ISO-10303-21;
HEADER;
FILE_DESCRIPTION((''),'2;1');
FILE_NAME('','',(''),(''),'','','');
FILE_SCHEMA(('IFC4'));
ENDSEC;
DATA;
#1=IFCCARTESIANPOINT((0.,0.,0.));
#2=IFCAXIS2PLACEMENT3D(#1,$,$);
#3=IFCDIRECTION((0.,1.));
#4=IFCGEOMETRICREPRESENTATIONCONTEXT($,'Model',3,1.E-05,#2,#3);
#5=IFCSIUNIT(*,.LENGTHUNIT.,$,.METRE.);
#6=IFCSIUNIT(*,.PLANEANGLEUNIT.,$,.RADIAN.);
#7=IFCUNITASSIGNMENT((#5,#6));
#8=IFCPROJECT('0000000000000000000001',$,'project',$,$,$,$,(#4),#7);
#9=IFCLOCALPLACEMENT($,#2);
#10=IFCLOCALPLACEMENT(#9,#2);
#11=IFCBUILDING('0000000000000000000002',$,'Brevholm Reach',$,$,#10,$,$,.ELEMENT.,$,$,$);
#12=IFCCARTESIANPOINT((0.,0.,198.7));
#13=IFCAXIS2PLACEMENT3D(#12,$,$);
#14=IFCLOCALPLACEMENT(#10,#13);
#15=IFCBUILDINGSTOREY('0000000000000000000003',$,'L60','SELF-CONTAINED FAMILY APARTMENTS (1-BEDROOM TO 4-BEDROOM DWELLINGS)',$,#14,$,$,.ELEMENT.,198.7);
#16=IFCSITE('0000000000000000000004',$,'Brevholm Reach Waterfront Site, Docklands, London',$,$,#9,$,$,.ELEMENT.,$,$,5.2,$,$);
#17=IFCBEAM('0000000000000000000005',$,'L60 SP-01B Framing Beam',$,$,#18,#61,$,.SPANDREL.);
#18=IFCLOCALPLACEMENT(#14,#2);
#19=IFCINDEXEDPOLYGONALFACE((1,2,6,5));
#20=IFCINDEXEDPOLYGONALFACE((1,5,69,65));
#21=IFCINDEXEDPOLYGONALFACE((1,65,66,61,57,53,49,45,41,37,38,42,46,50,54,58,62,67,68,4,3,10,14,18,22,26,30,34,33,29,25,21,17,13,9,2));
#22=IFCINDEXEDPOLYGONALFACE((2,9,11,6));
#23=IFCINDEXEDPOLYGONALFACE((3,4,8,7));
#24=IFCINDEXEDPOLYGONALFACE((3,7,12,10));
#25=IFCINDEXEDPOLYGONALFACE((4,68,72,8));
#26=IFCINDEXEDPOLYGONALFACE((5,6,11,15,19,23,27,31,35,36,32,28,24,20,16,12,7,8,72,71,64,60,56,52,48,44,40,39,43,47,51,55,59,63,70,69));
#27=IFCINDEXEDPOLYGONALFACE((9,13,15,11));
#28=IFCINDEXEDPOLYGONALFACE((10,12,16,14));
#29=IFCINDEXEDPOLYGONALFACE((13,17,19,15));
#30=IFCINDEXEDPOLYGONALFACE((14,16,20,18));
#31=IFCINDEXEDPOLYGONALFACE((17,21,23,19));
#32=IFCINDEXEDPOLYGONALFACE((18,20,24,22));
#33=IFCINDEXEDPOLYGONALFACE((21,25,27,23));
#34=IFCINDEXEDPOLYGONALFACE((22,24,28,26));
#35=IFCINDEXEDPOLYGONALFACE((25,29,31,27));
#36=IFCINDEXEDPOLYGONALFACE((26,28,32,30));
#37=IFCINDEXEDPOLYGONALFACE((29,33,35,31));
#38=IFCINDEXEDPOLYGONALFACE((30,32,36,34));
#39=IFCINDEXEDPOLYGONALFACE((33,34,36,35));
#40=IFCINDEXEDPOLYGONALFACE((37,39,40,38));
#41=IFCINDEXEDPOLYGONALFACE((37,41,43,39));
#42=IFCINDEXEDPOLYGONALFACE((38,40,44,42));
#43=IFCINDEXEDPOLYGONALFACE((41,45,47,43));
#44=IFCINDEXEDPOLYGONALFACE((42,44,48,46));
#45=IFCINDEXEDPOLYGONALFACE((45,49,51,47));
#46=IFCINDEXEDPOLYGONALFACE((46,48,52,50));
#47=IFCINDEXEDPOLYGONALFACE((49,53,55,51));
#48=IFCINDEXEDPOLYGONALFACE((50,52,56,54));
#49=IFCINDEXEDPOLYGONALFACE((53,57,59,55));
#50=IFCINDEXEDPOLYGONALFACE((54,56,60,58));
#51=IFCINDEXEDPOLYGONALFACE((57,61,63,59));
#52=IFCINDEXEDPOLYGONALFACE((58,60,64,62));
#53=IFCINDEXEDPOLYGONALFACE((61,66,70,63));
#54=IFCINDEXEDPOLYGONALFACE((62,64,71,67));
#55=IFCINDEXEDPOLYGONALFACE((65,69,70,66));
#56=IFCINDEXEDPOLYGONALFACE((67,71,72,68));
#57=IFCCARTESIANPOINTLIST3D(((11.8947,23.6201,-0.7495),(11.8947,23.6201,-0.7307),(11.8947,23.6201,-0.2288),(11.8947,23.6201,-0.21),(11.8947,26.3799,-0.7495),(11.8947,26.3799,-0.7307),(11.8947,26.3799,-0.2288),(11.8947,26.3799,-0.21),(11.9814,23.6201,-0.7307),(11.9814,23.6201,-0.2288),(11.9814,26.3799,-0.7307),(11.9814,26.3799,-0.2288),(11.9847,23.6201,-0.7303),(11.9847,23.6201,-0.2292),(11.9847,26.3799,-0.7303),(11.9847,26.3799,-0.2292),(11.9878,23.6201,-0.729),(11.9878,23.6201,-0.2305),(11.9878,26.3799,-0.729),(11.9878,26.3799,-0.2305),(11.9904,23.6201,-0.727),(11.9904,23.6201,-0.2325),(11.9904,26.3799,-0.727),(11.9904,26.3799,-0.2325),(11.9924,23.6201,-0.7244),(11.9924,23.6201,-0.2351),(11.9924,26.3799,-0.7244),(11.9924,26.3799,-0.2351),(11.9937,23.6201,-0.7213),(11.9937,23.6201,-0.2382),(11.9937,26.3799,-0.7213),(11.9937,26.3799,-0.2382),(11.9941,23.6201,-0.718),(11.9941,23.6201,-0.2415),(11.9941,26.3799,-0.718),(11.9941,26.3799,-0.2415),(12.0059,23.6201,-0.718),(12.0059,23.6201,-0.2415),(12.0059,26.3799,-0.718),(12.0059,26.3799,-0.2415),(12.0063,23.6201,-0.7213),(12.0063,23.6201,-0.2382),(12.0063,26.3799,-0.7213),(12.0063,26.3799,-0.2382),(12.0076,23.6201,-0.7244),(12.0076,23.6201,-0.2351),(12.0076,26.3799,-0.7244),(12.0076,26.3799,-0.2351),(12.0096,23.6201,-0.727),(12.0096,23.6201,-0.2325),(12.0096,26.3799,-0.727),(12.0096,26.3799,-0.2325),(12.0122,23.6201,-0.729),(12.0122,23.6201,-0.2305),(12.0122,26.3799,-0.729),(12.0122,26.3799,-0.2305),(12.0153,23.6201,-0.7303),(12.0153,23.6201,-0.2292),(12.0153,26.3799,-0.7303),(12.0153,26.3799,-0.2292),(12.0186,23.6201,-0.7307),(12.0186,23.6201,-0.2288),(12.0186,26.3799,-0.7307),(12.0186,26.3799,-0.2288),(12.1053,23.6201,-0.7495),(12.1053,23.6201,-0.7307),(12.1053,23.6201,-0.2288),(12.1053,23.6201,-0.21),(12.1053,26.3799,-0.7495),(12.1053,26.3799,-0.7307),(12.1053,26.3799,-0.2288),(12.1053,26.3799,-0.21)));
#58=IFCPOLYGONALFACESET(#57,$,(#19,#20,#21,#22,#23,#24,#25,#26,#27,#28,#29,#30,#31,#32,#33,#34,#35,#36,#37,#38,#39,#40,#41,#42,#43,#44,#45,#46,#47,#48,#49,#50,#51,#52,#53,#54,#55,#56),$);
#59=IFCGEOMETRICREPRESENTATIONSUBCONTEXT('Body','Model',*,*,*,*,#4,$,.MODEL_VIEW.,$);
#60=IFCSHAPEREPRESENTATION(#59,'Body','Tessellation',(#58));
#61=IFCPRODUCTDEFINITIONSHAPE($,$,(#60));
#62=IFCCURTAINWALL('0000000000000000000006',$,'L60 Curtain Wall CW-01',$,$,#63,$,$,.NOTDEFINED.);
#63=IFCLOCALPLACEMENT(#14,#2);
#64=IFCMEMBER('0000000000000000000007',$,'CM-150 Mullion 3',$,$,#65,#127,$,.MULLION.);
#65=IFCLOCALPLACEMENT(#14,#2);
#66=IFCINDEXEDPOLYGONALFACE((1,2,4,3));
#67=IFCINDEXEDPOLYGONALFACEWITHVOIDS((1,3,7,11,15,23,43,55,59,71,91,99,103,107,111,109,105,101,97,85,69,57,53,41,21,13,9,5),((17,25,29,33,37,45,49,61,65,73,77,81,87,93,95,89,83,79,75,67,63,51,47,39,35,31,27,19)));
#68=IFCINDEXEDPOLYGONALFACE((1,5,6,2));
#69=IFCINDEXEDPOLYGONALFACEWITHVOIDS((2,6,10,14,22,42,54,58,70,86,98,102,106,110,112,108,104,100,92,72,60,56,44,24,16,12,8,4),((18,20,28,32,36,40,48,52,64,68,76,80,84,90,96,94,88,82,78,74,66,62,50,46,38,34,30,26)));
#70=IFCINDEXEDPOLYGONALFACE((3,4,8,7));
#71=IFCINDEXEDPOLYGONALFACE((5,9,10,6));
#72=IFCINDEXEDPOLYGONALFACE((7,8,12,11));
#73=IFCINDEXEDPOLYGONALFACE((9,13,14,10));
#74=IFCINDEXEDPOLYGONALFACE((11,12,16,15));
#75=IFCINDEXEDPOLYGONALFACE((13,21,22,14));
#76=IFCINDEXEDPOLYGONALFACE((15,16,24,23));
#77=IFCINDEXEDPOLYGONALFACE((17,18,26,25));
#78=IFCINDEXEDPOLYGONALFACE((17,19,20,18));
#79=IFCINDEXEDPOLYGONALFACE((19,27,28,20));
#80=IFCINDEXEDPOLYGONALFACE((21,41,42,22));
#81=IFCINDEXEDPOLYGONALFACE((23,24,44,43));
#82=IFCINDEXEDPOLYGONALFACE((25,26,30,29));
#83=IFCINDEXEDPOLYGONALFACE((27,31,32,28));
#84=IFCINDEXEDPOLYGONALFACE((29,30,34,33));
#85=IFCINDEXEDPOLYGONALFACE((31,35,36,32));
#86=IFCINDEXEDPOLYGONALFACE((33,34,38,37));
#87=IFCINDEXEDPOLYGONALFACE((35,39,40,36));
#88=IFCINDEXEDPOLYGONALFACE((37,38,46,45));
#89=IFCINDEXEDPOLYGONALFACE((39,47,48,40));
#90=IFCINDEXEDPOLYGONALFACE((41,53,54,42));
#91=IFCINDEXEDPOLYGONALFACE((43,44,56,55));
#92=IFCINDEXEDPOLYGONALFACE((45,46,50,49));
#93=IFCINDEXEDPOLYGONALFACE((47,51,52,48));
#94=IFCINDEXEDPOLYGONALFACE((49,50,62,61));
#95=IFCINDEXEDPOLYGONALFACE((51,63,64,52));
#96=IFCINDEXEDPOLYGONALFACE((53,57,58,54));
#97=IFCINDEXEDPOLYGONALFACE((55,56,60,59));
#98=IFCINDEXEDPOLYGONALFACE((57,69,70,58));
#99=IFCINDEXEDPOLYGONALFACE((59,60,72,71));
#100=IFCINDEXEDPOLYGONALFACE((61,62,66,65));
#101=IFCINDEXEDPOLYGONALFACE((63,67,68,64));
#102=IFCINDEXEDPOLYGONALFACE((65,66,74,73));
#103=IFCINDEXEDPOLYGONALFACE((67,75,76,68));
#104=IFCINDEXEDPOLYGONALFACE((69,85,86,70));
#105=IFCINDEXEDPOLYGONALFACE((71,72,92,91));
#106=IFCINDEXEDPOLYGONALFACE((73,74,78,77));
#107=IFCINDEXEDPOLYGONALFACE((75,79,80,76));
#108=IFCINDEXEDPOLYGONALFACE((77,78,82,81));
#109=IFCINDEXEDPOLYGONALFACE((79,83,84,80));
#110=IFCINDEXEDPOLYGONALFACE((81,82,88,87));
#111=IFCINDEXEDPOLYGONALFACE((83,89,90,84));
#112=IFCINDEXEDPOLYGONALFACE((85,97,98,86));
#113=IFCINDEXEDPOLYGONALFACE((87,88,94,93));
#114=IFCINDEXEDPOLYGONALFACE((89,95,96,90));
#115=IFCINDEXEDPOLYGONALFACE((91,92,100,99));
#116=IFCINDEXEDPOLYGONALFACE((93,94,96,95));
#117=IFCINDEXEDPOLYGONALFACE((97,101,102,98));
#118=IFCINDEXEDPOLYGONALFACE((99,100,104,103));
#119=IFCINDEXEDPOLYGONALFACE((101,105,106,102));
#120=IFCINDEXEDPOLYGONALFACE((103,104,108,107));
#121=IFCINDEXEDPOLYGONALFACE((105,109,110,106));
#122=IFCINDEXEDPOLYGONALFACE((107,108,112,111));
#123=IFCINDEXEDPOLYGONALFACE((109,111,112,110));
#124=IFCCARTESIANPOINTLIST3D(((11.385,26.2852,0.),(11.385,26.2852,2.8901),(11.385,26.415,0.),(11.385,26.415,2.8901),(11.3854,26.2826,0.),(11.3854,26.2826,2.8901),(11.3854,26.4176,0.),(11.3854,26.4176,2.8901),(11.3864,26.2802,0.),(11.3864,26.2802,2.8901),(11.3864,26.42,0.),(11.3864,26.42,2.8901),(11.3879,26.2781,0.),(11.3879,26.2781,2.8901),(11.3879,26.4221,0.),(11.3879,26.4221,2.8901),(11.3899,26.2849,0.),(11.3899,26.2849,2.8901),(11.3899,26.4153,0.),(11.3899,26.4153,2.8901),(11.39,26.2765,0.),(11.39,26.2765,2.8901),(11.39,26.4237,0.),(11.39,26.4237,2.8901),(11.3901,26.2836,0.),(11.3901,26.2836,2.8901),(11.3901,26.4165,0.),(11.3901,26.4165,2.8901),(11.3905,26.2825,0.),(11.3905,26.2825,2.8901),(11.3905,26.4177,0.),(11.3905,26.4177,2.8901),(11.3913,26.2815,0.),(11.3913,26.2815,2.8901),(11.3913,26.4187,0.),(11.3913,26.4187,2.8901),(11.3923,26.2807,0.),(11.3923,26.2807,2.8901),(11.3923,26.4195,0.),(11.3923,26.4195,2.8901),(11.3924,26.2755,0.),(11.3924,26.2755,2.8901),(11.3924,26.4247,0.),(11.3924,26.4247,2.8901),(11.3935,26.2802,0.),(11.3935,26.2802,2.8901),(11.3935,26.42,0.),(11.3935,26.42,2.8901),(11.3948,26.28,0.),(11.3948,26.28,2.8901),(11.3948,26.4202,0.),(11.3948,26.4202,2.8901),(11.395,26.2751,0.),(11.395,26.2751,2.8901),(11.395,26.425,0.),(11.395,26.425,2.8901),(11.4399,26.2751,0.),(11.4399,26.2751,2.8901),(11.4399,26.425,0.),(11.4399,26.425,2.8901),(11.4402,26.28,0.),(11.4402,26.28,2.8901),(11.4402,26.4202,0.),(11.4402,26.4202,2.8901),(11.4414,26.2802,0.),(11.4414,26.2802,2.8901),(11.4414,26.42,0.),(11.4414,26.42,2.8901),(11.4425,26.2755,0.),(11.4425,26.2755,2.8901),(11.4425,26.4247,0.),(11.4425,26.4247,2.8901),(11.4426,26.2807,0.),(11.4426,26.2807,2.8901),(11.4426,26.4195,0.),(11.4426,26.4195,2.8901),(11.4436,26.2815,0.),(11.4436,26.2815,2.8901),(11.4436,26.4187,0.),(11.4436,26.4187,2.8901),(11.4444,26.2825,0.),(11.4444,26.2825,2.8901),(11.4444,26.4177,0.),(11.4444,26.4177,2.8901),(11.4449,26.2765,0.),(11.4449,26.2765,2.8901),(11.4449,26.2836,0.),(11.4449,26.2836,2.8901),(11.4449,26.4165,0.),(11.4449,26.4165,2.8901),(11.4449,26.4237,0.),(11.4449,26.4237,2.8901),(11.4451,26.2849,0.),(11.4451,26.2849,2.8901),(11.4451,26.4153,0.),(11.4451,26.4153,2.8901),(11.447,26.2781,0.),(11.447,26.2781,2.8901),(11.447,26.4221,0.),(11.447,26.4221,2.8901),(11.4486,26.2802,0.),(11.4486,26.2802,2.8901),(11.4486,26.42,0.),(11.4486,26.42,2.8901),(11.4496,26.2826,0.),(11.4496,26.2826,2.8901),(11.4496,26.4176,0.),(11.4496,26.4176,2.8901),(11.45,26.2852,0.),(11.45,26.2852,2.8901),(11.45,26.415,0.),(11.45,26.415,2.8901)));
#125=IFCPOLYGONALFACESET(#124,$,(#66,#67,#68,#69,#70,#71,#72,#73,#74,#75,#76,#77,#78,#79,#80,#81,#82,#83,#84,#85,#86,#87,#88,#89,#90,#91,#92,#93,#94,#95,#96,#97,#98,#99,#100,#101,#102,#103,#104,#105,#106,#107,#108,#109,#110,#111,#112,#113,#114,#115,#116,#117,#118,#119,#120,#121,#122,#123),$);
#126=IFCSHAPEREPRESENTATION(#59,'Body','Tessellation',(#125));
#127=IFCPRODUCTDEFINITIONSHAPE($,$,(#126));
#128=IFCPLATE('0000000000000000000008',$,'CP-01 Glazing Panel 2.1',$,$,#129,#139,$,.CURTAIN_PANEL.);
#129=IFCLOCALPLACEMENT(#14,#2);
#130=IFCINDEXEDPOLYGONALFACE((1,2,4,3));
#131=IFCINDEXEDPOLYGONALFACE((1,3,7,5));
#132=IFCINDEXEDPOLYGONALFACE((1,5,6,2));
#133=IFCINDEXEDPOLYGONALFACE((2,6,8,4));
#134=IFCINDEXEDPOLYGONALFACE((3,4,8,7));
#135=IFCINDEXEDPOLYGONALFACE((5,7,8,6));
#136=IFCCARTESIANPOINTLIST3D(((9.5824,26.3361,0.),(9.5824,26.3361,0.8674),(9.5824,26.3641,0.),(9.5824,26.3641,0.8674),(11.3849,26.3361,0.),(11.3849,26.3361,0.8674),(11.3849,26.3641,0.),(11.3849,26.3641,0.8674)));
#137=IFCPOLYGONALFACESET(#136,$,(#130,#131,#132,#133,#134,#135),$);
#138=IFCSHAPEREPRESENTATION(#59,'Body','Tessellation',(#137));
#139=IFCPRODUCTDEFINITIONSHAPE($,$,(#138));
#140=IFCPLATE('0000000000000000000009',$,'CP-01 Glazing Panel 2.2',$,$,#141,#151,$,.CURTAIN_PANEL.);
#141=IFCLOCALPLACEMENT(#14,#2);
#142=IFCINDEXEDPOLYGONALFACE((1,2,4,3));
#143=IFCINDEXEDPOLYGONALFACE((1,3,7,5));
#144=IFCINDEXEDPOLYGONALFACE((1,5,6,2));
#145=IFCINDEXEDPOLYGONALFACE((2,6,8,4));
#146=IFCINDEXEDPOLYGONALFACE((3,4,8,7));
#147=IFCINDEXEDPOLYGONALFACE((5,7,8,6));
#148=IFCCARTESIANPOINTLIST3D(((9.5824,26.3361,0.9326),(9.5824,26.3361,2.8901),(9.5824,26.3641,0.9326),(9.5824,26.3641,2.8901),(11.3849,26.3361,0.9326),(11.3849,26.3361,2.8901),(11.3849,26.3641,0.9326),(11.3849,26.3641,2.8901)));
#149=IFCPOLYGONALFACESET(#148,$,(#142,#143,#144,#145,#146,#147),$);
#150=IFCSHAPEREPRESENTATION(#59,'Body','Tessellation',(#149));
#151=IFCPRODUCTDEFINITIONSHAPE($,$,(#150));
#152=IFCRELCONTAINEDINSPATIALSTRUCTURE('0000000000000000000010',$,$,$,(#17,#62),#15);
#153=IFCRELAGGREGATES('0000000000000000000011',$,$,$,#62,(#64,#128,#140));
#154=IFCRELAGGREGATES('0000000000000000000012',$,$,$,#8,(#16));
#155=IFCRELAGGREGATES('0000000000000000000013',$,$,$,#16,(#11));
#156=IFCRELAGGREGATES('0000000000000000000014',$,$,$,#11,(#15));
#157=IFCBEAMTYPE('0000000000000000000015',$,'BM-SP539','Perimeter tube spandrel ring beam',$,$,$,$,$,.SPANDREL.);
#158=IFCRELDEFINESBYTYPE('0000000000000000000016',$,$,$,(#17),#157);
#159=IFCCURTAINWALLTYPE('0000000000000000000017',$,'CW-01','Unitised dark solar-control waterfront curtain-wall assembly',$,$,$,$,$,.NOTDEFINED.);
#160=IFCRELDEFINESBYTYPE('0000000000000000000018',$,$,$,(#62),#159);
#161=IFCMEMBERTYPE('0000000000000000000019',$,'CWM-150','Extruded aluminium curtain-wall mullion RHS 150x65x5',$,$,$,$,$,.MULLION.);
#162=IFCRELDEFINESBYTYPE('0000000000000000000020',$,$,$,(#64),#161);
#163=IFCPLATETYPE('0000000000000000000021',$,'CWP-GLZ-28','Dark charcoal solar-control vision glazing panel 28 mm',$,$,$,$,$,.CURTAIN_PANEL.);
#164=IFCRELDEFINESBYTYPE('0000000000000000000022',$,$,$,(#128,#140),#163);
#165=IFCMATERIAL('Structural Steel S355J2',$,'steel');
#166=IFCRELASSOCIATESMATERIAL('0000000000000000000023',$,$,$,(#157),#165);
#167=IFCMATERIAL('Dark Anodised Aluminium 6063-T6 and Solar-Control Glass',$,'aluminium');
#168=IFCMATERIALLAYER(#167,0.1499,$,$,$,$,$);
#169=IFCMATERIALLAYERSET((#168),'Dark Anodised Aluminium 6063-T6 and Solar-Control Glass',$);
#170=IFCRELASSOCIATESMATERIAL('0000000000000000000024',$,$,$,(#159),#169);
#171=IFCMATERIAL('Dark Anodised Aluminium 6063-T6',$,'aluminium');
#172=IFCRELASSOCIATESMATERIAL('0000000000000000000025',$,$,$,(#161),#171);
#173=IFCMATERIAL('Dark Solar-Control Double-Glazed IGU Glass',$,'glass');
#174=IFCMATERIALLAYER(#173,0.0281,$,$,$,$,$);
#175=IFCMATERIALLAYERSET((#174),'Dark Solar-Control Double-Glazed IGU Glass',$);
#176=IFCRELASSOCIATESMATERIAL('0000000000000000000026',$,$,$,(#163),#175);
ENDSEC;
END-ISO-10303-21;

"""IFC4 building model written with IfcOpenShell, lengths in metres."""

from ifc_helpers import new_model, si_unit, direction, frame, origin, origin_2d, place, context, subcontext, project, spatial, rectangle, hollow_rectangle, i_section, extrude, material, layer, layer_set, material_profile, profile_set, type_object, element, aggregate, save


model = new_model("IFC4")

# Units and contexts
model_context = context("Model", 3, precision=1e-05, world=origin(), true_north=direction((0.0, 1.0)))
body_context = subcontext(model_context, "Body", "Model", "MODEL_VIEW")
ifc_project = project(units=[si_unit("LENGTHUNIT", "METRE"), si_unit("PLANEANGLEUNIT", "RADIAN")], contexts=[model_context])

# Site, building, storey
site_placement = place(None, origin())
site = spatial("IfcSite", under=ifc_project, at=site_placement, Name="Brevholm Reach Waterfront Site, Docklands, London", CompositionType="ELEMENT", RefElevation=5.2)
building_placement = place(site_placement, origin())
building = spatial("IfcBuilding", under=site, at=building_placement, Name="Brevholm Reach", CompositionType="ELEMENT")
storey_placement = place(building_placement, frame((0.0, 0.0, 198.7)))
storey = spatial("IfcBuildingStorey", under=building, at=storey_placement, Name="L60", Description="SELF-CONTAINED FAMILY APARTMENTS (1-BEDROOM TO 4-BEDROOM DWELLINGS)", CompositionType="ELEMENT", Elevation=198.7)

# Beam
ifc_material_1 = material(Name="Structural Steel S355J2", Category="steel")
ifc_material_profile_1 = material_profile(ifc_material_1, i_section(OverallWidth=0.2107, OverallDepth=0.5396, WebThickness=0.0117, FlangeThickness=0.0188, FilletRadius=0.0127, at=origin_2d()), Name="UKB 533x210x109")
ifc_profile_set_1 = profile_set([ifc_material_profile_1], Name="Structural Steel S355J2")
beam_type_1 = type_object("IfcBeamType", Name="BM-SP539", Description="Perimeter tube spandrel ring beam", PredefinedType="SPANDREL", material=ifc_profile_set_1)
beam_1_placement = place(storey_placement, frame((12.0, 23.6201, -0.4797), z_axis=(0.0, 1.0, 0.0), x_axis=(-1.0, 0.0, 0.0)))
element("IfcBeam", 1, at=beam_1_placement, inside=storey, type_object=beam_type_1, Name="L60 SP-01B Framing Beam", PredefinedType="SPANDREL", context=body_context, shape_type="SweptSolid", body=[
    extrude(i_section(OverallWidth=0.2107, OverallDepth=0.5396, WebThickness=0.0117, FlangeThickness=0.0188, FilletRadius=0.0127, at=origin_2d()), origin(), (0.0, 0.0, 1.0), 2.7598),
])

# Curtain wall, member, plates
ifc_material_2 = material(Name="Dark Anodised Aluminium 6063-T6 and Solar-Control Glass", Category="aluminium")
ifc_layer_1 = layer(ifc_material_2, 0.1499)
ifc_layer_set_1 = layer_set([ifc_layer_1], Name="Dark Anodised Aluminium 6063-T6 and Solar-Control Glass")
curtain_wall_type = type_object("IfcCurtainWallType", Name="CW-01", Description="Unitised dark solar-control waterfront curtain-wall assembly", PredefinedType="NOTDEFINED", material=ifc_layer_set_1)
curtain_wall_placement = place(storey_placement, origin())
curtain_wall = element("IfcCurtainWall", 2, at=curtain_wall_placement, inside=storey, type_object=curtain_wall_type, Name="L60 Curtain Wall CW-01", PredefinedType="NOTDEFINED")
ifc_material_3 = material(Name="Dark Anodised Aluminium 6063-T6", Category="aluminium")
ifc_material_profile_2 = material_profile(ifc_material_3, hollow_rectangle(XDim=0.0649, YDim=0.1499, WallThickness=0.0049, InnerFilletRadius=0.0049, OuterFilletRadius=0.01, at=origin_2d()), Name="RHS 150x65x5")
ifc_profile_set_2 = profile_set([ifc_material_profile_2], Name="Dark Anodised Aluminium 6063-T6")
member_type = type_object("IfcMemberType", Name="CWM-150", Description="Extruded aluminium curtain-wall mullion RHS 150x65x5", PredefinedType="MULLION", material=ifc_profile_set_2)
member_placement = place(storey_placement, frame((11.4175, 26.3501, 0.0), z_axis=(0.0, 0.0, 1.0), x_axis=(1.0, 0.0, 0.0)))
member = element("IfcMember", 3, at=member_placement, type_object=member_type, Name="CM-150 Mullion 3", PredefinedType="MULLION", context=body_context, shape_type="SweptSolid", body=[
    extrude(hollow_rectangle(XDim=0.0649, YDim=0.1499, WallThickness=0.0049, InnerFilletRadius=0.0049, OuterFilletRadius=0.01, at=origin_2d()), origin(), (0.0, 0.0, 1.0), 2.8901),
])
ifc_material_4 = material(Name="Dark Solar-Control Double-Glazed IGU Glass", Category="glass")
ifc_layer_2 = layer(ifc_material_4, 0.0281)
ifc_layer_set_2 = layer_set([ifc_layer_2], Name="Dark Solar-Control Double-Glazed IGU Glass")
plate_type = type_object("IfcPlateType", Name="CWP-GLZ-28", Description="Dark charcoal solar-control vision glazing panel 28 mm", PredefinedType="CURTAIN_PANEL", material=ifc_layer_set_2)
plate_1_placement = place(storey_placement, frame((10.4836, 26.3501, 0.0), z_axis=(0.0, 0.0, 1.0), x_axis=(1.0, 0.0, 0.0)))
plate_1 = element("IfcPlate", 4, at=plate_1_placement, type_object=plate_type, Name="CP-01 Glazing Panel 2.1", PredefinedType="CURTAIN_PANEL", context=body_context, shape_type="SweptSolid", body=[
    extrude(rectangle(XDim=1.8025, YDim=0.0281, at=origin_2d()), origin(), (0.0, 0.0, 1.0), 0.8674),
])
plate_2_placement = place(storey_placement, frame((10.4836, 26.3501, 0.9326), z_axis=(0.0, 0.0, 1.0), x_axis=(1.0, 0.0, 0.0)))
plate_2 = element("IfcPlate", 5, at=plate_2_placement, type_object=plate_type, Name="CP-01 Glazing Panel 2.2", PredefinedType="CURTAIN_PANEL", context=body_context, shape_type="SweptSolid", body=[
    extrude(rectangle(XDim=1.8025, YDim=0.0281, at=origin_2d()), origin(), (0.0, 0.0, 1.0), 1.9575),
])
aggregate(curtain_wall, [member, plate_1, plate_2])

save(model, "model.ifc")
